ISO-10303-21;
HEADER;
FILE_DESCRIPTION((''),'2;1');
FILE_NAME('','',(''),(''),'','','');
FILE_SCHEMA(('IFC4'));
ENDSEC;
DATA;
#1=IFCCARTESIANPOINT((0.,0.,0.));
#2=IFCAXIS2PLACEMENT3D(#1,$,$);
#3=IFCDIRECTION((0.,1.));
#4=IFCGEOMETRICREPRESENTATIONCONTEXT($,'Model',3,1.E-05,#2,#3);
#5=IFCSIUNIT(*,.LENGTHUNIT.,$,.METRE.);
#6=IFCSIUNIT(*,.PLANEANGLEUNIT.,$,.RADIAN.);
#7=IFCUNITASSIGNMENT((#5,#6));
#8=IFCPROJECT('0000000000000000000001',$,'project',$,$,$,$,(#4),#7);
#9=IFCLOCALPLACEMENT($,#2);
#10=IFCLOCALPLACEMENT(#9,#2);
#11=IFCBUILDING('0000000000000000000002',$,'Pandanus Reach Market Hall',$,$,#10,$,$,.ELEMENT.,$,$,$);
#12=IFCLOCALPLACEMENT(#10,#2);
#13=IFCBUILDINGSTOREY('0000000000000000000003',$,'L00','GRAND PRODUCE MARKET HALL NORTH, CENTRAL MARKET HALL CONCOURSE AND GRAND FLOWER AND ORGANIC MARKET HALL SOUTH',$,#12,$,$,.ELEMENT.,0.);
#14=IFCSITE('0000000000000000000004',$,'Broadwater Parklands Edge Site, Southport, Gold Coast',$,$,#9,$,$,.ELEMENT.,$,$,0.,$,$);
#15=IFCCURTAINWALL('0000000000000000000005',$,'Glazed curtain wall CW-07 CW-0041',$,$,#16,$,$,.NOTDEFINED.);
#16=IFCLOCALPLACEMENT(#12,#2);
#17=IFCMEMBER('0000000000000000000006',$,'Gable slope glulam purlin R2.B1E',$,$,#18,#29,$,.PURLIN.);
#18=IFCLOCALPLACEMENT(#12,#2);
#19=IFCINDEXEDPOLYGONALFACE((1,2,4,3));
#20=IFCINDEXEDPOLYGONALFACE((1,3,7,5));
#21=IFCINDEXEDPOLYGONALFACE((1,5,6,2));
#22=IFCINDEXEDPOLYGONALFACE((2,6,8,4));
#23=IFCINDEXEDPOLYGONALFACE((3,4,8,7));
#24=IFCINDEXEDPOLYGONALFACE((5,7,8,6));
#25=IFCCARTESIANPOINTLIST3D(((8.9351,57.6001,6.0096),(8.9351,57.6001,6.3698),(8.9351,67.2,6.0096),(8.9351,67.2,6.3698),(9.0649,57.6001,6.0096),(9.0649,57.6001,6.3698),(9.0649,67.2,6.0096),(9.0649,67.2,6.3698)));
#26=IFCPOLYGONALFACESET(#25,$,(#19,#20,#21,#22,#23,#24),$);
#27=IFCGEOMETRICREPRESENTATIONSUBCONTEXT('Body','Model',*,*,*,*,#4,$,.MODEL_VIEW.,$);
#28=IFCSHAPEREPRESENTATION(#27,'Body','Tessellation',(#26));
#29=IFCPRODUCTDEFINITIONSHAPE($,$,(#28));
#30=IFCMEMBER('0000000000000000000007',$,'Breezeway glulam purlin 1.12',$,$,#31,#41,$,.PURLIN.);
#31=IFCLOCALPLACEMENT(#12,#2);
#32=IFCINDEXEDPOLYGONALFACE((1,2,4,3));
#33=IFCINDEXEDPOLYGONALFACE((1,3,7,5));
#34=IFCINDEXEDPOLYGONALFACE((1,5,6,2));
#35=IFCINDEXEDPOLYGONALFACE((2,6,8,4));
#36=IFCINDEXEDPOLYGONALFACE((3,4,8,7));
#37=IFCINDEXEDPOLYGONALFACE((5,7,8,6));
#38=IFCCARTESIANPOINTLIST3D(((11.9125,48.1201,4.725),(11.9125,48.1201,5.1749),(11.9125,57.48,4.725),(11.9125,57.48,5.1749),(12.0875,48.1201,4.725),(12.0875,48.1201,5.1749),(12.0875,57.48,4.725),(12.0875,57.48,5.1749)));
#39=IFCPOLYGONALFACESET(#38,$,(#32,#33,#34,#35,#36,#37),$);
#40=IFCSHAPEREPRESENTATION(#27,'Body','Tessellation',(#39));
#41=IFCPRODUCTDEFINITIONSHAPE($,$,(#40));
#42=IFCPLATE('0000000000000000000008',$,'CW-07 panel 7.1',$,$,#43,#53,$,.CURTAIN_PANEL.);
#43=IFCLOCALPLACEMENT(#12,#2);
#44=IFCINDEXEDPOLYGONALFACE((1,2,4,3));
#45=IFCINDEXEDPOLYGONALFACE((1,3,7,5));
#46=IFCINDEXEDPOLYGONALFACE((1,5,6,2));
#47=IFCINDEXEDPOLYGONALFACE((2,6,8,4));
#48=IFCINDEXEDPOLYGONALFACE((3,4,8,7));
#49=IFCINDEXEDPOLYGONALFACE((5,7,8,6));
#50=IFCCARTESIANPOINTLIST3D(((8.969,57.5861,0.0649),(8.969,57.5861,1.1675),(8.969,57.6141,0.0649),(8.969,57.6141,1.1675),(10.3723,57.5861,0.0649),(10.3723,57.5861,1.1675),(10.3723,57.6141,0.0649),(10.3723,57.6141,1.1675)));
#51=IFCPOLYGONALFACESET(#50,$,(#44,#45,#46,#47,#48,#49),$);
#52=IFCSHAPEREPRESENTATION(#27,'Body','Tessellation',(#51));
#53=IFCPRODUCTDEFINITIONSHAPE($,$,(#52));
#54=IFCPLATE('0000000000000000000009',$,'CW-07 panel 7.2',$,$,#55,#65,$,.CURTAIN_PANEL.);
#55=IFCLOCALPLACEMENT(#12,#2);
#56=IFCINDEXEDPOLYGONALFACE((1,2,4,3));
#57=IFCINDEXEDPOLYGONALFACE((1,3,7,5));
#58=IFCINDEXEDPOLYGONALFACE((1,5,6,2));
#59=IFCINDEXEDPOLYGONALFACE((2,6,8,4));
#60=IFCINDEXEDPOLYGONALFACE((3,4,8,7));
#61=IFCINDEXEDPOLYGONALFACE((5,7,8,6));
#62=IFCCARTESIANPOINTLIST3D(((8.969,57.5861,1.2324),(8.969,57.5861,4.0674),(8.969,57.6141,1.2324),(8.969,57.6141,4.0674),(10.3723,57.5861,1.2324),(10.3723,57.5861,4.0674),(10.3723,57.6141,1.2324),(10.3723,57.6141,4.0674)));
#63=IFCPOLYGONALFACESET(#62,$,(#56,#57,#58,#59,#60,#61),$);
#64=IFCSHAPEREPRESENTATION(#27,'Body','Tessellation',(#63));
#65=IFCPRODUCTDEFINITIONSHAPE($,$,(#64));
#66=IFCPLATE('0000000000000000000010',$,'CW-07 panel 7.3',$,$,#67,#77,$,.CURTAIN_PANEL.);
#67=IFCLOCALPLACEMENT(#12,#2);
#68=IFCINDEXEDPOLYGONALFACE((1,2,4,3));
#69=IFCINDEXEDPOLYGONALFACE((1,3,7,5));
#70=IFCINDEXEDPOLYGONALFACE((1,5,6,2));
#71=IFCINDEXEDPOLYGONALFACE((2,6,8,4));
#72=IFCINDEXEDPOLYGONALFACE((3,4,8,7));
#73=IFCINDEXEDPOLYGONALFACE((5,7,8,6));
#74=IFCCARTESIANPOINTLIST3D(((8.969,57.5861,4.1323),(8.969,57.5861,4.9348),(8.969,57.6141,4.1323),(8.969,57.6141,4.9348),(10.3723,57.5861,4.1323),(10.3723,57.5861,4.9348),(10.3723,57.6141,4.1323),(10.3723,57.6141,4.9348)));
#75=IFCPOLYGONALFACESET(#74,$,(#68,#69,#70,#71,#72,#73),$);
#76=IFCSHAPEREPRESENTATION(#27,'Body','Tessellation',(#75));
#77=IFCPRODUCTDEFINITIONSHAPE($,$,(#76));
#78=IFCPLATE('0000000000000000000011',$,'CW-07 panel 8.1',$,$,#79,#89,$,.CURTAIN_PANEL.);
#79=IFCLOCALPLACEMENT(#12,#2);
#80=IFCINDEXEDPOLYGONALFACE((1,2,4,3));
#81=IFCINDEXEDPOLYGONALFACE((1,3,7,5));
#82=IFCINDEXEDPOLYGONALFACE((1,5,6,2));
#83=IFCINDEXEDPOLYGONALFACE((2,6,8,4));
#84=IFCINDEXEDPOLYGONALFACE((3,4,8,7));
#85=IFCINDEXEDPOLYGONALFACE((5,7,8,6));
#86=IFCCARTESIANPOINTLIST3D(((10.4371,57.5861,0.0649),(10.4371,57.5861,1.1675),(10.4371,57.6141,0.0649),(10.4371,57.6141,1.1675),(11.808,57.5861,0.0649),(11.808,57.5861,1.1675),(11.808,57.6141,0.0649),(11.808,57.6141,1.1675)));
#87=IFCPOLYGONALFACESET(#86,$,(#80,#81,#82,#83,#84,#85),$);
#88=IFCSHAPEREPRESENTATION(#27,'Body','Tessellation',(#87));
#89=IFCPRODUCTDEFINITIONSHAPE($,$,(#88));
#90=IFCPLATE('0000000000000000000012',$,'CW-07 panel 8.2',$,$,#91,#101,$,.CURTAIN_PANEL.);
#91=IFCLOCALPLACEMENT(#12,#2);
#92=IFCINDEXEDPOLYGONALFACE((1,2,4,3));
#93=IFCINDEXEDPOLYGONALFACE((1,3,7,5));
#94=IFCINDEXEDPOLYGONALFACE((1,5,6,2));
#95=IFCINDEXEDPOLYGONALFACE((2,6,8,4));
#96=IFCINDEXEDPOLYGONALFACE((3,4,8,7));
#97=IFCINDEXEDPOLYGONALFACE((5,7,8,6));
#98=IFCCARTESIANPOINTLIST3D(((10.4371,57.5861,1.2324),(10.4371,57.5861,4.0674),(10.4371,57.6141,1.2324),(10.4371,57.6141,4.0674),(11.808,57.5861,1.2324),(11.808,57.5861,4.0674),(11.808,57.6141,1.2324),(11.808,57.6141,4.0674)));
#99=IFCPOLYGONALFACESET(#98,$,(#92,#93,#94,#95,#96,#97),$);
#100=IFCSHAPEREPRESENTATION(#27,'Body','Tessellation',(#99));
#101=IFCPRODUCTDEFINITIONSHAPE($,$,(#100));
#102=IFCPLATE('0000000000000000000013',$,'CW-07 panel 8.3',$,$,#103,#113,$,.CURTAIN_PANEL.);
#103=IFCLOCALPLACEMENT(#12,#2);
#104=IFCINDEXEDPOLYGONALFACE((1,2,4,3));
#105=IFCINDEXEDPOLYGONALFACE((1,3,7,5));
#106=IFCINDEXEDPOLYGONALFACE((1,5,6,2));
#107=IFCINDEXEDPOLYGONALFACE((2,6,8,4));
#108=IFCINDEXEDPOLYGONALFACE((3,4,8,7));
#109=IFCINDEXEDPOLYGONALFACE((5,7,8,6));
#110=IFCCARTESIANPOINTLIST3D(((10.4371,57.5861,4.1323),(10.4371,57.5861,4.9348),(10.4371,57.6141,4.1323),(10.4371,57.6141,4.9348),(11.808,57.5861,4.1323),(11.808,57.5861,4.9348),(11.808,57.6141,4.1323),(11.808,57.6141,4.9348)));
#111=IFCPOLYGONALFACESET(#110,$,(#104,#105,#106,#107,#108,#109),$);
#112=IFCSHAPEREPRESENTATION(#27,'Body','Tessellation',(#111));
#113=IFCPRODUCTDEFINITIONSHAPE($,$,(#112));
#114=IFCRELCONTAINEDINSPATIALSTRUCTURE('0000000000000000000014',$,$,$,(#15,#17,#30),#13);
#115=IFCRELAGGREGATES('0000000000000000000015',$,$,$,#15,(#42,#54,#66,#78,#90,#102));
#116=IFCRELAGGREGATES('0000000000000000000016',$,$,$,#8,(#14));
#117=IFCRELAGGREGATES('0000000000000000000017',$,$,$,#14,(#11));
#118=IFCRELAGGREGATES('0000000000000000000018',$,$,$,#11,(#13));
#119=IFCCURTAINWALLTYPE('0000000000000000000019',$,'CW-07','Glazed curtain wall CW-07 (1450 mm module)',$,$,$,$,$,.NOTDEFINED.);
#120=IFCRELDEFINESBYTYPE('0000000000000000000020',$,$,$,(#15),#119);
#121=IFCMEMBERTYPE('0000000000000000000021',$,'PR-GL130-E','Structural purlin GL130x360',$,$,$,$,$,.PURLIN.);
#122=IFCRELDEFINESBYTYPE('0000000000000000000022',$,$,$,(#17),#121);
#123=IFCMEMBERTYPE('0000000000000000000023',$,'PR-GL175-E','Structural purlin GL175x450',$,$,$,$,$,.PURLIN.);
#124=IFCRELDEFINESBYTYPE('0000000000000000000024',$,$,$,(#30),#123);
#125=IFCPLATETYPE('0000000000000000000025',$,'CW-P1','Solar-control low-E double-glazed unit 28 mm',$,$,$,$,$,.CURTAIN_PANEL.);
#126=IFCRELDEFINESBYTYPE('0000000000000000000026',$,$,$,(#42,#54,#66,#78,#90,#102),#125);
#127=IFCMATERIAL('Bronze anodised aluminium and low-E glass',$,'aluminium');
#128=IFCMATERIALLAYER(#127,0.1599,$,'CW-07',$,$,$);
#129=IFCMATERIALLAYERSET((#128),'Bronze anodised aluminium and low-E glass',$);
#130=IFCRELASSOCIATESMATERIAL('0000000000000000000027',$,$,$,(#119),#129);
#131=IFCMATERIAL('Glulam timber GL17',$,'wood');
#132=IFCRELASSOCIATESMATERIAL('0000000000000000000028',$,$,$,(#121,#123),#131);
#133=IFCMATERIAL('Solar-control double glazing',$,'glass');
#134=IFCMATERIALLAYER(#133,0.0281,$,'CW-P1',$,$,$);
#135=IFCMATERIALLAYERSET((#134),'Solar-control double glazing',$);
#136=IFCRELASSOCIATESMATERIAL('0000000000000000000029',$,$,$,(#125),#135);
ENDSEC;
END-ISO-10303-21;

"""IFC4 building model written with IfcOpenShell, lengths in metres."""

from ifc_helpers import new_model, si_unit, direction, frame, origin, origin_2d, place, context, subcontext, project, spatial, rectangle, extrude, material, layer, layer_set, material_profile, profile_set, type_object, element, aggregate, save


model = new_model("IFC4")

# Units and contexts
model_context = context("Model", 3, precision=1e-05, world=origin(), true_north=direction((0.0, 1.0)))
body_context = subcontext(model_context, "Body", "Model", "MODEL_VIEW")
ifc_project = project(units=[si_unit("LENGTHUNIT", "METRE"), si_unit("PLANEANGLEUNIT", "RADIAN")], contexts=[model_context])

# Site, building, storey
site_placement = place(None, origin())
site = spatial("IfcSite", under=ifc_project, at=site_placement, Name="Broadwater Parklands Edge Site, Southport, Gold Coast", CompositionType="ELEMENT", RefElevation=0.0)
building_placement = place(site_placement, origin())
building = spatial("IfcBuilding", under=site, at=building_placement, Name="Pandanus Reach Market Hall", CompositionType="ELEMENT")
storey_placement = place(building_placement, origin())
storey = spatial("IfcBuildingStorey", under=building, at=storey_placement, Name="L00", Description="GRAND PRODUCE MARKET HALL NORTH, CENTRAL MARKET HALL CONCOURSE AND GRAND FLOWER AND ORGANIC MARKET HALL SOUTH", CompositionType="ELEMENT", Elevation=0.0)

# Curtain wall
ifc_material_1 = material(Name="Bronze anodised aluminium and low-E glass", Category="aluminium")
ifc_layer_1 = layer(ifc_material_1, 0.1599, Name="CW-07")
ifc_layer_set_1 = layer_set([ifc_layer_1], Name="Bronze anodised aluminium and low-E glass")
curtain_wall_type = type_object("IfcCurtainWallType", Name="CW-07", Description="Glazed curtain wall CW-07 (1450 mm module)", PredefinedType="NOTDEFINED", material=ifc_layer_set_1)
curtain_wall_placement = place(storey_placement, origin())
curtain_wall = element("IfcCurtainWall", 1, at=curtain_wall_placement, inside=storey, type_object=curtain_wall_type, Name="Glazed curtain wall CW-07 CW-0041", PredefinedType="NOTDEFINED")

# Members
ifc_material_2 = material(Name="Glulam timber GL17", Category="wood")
ifc_material_profile_1 = material_profile(ifc_material_2, rectangle(XDim=0.1299, YDim=0.3601, at=origin_2d()), Name="GL130x360", Category="LoadBearing")
ifc_profile_set_1 = profile_set([ifc_material_profile_1], Name="Glulam timber GL17")
member_type_1 = type_object("IfcMemberType", Name="PR-GL130-E", Description="Structural purlin GL130x360", PredefinedType="PURLIN", material=ifc_profile_set_1)
member_1_placement = place(storey_placement, frame((9.0, 57.6001, 6.1897), z_axis=(0.0, 1.0, 0.0), x_axis=(-1.0, 0.0, 0.0)))
element("IfcMember", 2, at=member_1_placement, inside=storey, type_object=member_type_1, Name="Gable slope glulam purlin R2.B1E", PredefinedType="PURLIN", context=body_context, shape_type="SweptSolid", body=[
    extrude(rectangle(XDim=0.1299, YDim=0.3601, at=origin_2d()), origin(), (0.0, 0.0, 1.0), 9.5999),
])
ifc_material_profile_2 = material_profile(ifc_material_2, rectangle(XDim=0.175, YDim=0.45, at=origin_2d()), Name="GL175x450", Category="LoadBearing")
ifc_profile_set_2 = profile_set([ifc_material_profile_2], Name="Glulam timber GL17")
member_type_2 = type_object("IfcMemberType", Name="PR-GL175-E", Description="Structural purlin GL175x450", PredefinedType="PURLIN", material=ifc_profile_set_2)
member_2_placement = place(storey_placement, frame((12.0, 48.1201, 4.95), z_axis=(0.0, 1.0, 0.0), x_axis=(-1.0, 0.0, 0.0)))
element("IfcMember", 3, at=member_2_placement, inside=storey, type_object=member_type_2, Name="Breezeway glulam purlin 1.12", PredefinedType="PURLIN", context=body_context, shape_type="SweptSolid", body=[
    extrude(rectangle(XDim=0.175, YDim=0.45, at=origin_2d()), origin(), (0.0, 0.0, 1.0), 9.3599),
])

# Plates
ifc_material_3 = material(Name="Solar-control double glazing", Category="glass")
ifc_layer_2 = layer(ifc_material_3, 0.0281, Name="CW-P1")
ifc_layer_set_2 = layer_set([ifc_layer_2], Name="Solar-control double glazing")
plate_type = type_object("IfcPlateType", Name="CW-P1", Description="Solar-control low-E double-glazed unit 28 mm", PredefinedType="CURTAIN_PANEL", material=ifc_layer_set_2)
plate_1_placement = place(storey_placement, frame((9.6707, 57.6001, 0.0649), z_axis=(0.0, 0.0, 1.0), x_axis=(1.0, 0.0, 0.0)))
plate_1 = element("IfcPlate", 4, at=plate_1_placement, type_object=plate_type, Name="CW-07 panel 7.1", PredefinedType="CURTAIN_PANEL", context=body_context, shape_type="SweptSolid", body=[
    extrude(rectangle(XDim=1.4033, YDim=0.0281, at=origin_2d()), origin(), (0.0, 0.0, 1.0), 1.1025),
])
plate_2_placement = place(storey_placement, frame((9.6707, 57.6001, 1.2324), z_axis=(0.0, 0.0, 1.0), x_axis=(1.0, 0.0, 0.0)))
plate_2 = element("IfcPlate", 5, at=plate_2_placement, type_object=plate_type, Name="CW-07 panel 7.2", PredefinedType="CURTAIN_PANEL", context=body_context, shape_type="SweptSolid", body=[
    extrude(rectangle(XDim=1.4033, YDim=0.0281, at=origin_2d()), origin(), (0.0, 0.0, 1.0), 2.835),
])
plate_3_placement = place(storey_placement, frame((9.6707, 57.6001, 4.1323), z_axis=(0.0, 0.0, 1.0), x_axis=(1.0, 0.0, 0.0)))
plate_3 = element("IfcPlate", 6, at=plate_3_placement, type_object=plate_type, Name="CW-07 panel 7.3", PredefinedType="CURTAIN_PANEL", context=body_context, shape_type="SweptSolid", body=[
    extrude(rectangle(XDim=1.4033, YDim=0.0281, at=origin_2d()), origin(), (0.0, 0.0, 1.0), 0.8025),
])
plate_4_placement = place(storey_placement, frame((11.1226, 57.6001, 0.0649), z_axis=(0.0, 0.0, 1.0), x_axis=(1.0, 0.0, 0.0)))
plate_4 = element("IfcPlate", 7, at=plate_4_placement, type_object=plate_type, Name="CW-07 panel 8.1", PredefinedType="CURTAIN_PANEL", context=body_context, shape_type="SweptSolid", body=[
    extrude(rectangle(XDim=1.3708, YDim=0.0281, at=origin_2d()), origin(), (0.0, 0.0, 1.0), 1.1025),
])
plate_5_placement = place(storey_placement, frame((11.1226, 57.6001, 1.2324), z_axis=(0.0, 0.0, 1.0), x_axis=(1.0, 0.0, 0.0)))
plate_5 = element("IfcPlate", 8, at=plate_5_placement, type_object=plate_type, Name="CW-07 panel 8.2", PredefinedType="CURTAIN_PANEL", context=body_context, shape_type="SweptSolid", body=[
    extrude(rectangle(XDim=1.3708, YDim=0.0281, at=origin_2d()), origin(), (0.0, 0.0, 1.0), 2.835),
])
plate_6_placement = place(storey_placement, frame((11.1226, 57.6001, 4.1323), z_axis=(0.0, 0.0, 1.0), x_axis=(1.0, 0.0, 0.0)))
plate_6 = element("IfcPlate", 9, at=plate_6_placement, type_object=plate_type, Name="CW-07 panel 8.3", PredefinedType="CURTAIN_PANEL", context=body_context, shape_type="SweptSolid", body=[
    extrude(rectangle(XDim=1.3708, YDim=0.0281, at=origin_2d()), origin(), (0.0, 0.0, 1.0), 0.8025),
])
aggregate(curtain_wall, [plate_1, plate_2, plate_3, plate_4, plate_5, plate_6])

save(model, "model.ifc")
